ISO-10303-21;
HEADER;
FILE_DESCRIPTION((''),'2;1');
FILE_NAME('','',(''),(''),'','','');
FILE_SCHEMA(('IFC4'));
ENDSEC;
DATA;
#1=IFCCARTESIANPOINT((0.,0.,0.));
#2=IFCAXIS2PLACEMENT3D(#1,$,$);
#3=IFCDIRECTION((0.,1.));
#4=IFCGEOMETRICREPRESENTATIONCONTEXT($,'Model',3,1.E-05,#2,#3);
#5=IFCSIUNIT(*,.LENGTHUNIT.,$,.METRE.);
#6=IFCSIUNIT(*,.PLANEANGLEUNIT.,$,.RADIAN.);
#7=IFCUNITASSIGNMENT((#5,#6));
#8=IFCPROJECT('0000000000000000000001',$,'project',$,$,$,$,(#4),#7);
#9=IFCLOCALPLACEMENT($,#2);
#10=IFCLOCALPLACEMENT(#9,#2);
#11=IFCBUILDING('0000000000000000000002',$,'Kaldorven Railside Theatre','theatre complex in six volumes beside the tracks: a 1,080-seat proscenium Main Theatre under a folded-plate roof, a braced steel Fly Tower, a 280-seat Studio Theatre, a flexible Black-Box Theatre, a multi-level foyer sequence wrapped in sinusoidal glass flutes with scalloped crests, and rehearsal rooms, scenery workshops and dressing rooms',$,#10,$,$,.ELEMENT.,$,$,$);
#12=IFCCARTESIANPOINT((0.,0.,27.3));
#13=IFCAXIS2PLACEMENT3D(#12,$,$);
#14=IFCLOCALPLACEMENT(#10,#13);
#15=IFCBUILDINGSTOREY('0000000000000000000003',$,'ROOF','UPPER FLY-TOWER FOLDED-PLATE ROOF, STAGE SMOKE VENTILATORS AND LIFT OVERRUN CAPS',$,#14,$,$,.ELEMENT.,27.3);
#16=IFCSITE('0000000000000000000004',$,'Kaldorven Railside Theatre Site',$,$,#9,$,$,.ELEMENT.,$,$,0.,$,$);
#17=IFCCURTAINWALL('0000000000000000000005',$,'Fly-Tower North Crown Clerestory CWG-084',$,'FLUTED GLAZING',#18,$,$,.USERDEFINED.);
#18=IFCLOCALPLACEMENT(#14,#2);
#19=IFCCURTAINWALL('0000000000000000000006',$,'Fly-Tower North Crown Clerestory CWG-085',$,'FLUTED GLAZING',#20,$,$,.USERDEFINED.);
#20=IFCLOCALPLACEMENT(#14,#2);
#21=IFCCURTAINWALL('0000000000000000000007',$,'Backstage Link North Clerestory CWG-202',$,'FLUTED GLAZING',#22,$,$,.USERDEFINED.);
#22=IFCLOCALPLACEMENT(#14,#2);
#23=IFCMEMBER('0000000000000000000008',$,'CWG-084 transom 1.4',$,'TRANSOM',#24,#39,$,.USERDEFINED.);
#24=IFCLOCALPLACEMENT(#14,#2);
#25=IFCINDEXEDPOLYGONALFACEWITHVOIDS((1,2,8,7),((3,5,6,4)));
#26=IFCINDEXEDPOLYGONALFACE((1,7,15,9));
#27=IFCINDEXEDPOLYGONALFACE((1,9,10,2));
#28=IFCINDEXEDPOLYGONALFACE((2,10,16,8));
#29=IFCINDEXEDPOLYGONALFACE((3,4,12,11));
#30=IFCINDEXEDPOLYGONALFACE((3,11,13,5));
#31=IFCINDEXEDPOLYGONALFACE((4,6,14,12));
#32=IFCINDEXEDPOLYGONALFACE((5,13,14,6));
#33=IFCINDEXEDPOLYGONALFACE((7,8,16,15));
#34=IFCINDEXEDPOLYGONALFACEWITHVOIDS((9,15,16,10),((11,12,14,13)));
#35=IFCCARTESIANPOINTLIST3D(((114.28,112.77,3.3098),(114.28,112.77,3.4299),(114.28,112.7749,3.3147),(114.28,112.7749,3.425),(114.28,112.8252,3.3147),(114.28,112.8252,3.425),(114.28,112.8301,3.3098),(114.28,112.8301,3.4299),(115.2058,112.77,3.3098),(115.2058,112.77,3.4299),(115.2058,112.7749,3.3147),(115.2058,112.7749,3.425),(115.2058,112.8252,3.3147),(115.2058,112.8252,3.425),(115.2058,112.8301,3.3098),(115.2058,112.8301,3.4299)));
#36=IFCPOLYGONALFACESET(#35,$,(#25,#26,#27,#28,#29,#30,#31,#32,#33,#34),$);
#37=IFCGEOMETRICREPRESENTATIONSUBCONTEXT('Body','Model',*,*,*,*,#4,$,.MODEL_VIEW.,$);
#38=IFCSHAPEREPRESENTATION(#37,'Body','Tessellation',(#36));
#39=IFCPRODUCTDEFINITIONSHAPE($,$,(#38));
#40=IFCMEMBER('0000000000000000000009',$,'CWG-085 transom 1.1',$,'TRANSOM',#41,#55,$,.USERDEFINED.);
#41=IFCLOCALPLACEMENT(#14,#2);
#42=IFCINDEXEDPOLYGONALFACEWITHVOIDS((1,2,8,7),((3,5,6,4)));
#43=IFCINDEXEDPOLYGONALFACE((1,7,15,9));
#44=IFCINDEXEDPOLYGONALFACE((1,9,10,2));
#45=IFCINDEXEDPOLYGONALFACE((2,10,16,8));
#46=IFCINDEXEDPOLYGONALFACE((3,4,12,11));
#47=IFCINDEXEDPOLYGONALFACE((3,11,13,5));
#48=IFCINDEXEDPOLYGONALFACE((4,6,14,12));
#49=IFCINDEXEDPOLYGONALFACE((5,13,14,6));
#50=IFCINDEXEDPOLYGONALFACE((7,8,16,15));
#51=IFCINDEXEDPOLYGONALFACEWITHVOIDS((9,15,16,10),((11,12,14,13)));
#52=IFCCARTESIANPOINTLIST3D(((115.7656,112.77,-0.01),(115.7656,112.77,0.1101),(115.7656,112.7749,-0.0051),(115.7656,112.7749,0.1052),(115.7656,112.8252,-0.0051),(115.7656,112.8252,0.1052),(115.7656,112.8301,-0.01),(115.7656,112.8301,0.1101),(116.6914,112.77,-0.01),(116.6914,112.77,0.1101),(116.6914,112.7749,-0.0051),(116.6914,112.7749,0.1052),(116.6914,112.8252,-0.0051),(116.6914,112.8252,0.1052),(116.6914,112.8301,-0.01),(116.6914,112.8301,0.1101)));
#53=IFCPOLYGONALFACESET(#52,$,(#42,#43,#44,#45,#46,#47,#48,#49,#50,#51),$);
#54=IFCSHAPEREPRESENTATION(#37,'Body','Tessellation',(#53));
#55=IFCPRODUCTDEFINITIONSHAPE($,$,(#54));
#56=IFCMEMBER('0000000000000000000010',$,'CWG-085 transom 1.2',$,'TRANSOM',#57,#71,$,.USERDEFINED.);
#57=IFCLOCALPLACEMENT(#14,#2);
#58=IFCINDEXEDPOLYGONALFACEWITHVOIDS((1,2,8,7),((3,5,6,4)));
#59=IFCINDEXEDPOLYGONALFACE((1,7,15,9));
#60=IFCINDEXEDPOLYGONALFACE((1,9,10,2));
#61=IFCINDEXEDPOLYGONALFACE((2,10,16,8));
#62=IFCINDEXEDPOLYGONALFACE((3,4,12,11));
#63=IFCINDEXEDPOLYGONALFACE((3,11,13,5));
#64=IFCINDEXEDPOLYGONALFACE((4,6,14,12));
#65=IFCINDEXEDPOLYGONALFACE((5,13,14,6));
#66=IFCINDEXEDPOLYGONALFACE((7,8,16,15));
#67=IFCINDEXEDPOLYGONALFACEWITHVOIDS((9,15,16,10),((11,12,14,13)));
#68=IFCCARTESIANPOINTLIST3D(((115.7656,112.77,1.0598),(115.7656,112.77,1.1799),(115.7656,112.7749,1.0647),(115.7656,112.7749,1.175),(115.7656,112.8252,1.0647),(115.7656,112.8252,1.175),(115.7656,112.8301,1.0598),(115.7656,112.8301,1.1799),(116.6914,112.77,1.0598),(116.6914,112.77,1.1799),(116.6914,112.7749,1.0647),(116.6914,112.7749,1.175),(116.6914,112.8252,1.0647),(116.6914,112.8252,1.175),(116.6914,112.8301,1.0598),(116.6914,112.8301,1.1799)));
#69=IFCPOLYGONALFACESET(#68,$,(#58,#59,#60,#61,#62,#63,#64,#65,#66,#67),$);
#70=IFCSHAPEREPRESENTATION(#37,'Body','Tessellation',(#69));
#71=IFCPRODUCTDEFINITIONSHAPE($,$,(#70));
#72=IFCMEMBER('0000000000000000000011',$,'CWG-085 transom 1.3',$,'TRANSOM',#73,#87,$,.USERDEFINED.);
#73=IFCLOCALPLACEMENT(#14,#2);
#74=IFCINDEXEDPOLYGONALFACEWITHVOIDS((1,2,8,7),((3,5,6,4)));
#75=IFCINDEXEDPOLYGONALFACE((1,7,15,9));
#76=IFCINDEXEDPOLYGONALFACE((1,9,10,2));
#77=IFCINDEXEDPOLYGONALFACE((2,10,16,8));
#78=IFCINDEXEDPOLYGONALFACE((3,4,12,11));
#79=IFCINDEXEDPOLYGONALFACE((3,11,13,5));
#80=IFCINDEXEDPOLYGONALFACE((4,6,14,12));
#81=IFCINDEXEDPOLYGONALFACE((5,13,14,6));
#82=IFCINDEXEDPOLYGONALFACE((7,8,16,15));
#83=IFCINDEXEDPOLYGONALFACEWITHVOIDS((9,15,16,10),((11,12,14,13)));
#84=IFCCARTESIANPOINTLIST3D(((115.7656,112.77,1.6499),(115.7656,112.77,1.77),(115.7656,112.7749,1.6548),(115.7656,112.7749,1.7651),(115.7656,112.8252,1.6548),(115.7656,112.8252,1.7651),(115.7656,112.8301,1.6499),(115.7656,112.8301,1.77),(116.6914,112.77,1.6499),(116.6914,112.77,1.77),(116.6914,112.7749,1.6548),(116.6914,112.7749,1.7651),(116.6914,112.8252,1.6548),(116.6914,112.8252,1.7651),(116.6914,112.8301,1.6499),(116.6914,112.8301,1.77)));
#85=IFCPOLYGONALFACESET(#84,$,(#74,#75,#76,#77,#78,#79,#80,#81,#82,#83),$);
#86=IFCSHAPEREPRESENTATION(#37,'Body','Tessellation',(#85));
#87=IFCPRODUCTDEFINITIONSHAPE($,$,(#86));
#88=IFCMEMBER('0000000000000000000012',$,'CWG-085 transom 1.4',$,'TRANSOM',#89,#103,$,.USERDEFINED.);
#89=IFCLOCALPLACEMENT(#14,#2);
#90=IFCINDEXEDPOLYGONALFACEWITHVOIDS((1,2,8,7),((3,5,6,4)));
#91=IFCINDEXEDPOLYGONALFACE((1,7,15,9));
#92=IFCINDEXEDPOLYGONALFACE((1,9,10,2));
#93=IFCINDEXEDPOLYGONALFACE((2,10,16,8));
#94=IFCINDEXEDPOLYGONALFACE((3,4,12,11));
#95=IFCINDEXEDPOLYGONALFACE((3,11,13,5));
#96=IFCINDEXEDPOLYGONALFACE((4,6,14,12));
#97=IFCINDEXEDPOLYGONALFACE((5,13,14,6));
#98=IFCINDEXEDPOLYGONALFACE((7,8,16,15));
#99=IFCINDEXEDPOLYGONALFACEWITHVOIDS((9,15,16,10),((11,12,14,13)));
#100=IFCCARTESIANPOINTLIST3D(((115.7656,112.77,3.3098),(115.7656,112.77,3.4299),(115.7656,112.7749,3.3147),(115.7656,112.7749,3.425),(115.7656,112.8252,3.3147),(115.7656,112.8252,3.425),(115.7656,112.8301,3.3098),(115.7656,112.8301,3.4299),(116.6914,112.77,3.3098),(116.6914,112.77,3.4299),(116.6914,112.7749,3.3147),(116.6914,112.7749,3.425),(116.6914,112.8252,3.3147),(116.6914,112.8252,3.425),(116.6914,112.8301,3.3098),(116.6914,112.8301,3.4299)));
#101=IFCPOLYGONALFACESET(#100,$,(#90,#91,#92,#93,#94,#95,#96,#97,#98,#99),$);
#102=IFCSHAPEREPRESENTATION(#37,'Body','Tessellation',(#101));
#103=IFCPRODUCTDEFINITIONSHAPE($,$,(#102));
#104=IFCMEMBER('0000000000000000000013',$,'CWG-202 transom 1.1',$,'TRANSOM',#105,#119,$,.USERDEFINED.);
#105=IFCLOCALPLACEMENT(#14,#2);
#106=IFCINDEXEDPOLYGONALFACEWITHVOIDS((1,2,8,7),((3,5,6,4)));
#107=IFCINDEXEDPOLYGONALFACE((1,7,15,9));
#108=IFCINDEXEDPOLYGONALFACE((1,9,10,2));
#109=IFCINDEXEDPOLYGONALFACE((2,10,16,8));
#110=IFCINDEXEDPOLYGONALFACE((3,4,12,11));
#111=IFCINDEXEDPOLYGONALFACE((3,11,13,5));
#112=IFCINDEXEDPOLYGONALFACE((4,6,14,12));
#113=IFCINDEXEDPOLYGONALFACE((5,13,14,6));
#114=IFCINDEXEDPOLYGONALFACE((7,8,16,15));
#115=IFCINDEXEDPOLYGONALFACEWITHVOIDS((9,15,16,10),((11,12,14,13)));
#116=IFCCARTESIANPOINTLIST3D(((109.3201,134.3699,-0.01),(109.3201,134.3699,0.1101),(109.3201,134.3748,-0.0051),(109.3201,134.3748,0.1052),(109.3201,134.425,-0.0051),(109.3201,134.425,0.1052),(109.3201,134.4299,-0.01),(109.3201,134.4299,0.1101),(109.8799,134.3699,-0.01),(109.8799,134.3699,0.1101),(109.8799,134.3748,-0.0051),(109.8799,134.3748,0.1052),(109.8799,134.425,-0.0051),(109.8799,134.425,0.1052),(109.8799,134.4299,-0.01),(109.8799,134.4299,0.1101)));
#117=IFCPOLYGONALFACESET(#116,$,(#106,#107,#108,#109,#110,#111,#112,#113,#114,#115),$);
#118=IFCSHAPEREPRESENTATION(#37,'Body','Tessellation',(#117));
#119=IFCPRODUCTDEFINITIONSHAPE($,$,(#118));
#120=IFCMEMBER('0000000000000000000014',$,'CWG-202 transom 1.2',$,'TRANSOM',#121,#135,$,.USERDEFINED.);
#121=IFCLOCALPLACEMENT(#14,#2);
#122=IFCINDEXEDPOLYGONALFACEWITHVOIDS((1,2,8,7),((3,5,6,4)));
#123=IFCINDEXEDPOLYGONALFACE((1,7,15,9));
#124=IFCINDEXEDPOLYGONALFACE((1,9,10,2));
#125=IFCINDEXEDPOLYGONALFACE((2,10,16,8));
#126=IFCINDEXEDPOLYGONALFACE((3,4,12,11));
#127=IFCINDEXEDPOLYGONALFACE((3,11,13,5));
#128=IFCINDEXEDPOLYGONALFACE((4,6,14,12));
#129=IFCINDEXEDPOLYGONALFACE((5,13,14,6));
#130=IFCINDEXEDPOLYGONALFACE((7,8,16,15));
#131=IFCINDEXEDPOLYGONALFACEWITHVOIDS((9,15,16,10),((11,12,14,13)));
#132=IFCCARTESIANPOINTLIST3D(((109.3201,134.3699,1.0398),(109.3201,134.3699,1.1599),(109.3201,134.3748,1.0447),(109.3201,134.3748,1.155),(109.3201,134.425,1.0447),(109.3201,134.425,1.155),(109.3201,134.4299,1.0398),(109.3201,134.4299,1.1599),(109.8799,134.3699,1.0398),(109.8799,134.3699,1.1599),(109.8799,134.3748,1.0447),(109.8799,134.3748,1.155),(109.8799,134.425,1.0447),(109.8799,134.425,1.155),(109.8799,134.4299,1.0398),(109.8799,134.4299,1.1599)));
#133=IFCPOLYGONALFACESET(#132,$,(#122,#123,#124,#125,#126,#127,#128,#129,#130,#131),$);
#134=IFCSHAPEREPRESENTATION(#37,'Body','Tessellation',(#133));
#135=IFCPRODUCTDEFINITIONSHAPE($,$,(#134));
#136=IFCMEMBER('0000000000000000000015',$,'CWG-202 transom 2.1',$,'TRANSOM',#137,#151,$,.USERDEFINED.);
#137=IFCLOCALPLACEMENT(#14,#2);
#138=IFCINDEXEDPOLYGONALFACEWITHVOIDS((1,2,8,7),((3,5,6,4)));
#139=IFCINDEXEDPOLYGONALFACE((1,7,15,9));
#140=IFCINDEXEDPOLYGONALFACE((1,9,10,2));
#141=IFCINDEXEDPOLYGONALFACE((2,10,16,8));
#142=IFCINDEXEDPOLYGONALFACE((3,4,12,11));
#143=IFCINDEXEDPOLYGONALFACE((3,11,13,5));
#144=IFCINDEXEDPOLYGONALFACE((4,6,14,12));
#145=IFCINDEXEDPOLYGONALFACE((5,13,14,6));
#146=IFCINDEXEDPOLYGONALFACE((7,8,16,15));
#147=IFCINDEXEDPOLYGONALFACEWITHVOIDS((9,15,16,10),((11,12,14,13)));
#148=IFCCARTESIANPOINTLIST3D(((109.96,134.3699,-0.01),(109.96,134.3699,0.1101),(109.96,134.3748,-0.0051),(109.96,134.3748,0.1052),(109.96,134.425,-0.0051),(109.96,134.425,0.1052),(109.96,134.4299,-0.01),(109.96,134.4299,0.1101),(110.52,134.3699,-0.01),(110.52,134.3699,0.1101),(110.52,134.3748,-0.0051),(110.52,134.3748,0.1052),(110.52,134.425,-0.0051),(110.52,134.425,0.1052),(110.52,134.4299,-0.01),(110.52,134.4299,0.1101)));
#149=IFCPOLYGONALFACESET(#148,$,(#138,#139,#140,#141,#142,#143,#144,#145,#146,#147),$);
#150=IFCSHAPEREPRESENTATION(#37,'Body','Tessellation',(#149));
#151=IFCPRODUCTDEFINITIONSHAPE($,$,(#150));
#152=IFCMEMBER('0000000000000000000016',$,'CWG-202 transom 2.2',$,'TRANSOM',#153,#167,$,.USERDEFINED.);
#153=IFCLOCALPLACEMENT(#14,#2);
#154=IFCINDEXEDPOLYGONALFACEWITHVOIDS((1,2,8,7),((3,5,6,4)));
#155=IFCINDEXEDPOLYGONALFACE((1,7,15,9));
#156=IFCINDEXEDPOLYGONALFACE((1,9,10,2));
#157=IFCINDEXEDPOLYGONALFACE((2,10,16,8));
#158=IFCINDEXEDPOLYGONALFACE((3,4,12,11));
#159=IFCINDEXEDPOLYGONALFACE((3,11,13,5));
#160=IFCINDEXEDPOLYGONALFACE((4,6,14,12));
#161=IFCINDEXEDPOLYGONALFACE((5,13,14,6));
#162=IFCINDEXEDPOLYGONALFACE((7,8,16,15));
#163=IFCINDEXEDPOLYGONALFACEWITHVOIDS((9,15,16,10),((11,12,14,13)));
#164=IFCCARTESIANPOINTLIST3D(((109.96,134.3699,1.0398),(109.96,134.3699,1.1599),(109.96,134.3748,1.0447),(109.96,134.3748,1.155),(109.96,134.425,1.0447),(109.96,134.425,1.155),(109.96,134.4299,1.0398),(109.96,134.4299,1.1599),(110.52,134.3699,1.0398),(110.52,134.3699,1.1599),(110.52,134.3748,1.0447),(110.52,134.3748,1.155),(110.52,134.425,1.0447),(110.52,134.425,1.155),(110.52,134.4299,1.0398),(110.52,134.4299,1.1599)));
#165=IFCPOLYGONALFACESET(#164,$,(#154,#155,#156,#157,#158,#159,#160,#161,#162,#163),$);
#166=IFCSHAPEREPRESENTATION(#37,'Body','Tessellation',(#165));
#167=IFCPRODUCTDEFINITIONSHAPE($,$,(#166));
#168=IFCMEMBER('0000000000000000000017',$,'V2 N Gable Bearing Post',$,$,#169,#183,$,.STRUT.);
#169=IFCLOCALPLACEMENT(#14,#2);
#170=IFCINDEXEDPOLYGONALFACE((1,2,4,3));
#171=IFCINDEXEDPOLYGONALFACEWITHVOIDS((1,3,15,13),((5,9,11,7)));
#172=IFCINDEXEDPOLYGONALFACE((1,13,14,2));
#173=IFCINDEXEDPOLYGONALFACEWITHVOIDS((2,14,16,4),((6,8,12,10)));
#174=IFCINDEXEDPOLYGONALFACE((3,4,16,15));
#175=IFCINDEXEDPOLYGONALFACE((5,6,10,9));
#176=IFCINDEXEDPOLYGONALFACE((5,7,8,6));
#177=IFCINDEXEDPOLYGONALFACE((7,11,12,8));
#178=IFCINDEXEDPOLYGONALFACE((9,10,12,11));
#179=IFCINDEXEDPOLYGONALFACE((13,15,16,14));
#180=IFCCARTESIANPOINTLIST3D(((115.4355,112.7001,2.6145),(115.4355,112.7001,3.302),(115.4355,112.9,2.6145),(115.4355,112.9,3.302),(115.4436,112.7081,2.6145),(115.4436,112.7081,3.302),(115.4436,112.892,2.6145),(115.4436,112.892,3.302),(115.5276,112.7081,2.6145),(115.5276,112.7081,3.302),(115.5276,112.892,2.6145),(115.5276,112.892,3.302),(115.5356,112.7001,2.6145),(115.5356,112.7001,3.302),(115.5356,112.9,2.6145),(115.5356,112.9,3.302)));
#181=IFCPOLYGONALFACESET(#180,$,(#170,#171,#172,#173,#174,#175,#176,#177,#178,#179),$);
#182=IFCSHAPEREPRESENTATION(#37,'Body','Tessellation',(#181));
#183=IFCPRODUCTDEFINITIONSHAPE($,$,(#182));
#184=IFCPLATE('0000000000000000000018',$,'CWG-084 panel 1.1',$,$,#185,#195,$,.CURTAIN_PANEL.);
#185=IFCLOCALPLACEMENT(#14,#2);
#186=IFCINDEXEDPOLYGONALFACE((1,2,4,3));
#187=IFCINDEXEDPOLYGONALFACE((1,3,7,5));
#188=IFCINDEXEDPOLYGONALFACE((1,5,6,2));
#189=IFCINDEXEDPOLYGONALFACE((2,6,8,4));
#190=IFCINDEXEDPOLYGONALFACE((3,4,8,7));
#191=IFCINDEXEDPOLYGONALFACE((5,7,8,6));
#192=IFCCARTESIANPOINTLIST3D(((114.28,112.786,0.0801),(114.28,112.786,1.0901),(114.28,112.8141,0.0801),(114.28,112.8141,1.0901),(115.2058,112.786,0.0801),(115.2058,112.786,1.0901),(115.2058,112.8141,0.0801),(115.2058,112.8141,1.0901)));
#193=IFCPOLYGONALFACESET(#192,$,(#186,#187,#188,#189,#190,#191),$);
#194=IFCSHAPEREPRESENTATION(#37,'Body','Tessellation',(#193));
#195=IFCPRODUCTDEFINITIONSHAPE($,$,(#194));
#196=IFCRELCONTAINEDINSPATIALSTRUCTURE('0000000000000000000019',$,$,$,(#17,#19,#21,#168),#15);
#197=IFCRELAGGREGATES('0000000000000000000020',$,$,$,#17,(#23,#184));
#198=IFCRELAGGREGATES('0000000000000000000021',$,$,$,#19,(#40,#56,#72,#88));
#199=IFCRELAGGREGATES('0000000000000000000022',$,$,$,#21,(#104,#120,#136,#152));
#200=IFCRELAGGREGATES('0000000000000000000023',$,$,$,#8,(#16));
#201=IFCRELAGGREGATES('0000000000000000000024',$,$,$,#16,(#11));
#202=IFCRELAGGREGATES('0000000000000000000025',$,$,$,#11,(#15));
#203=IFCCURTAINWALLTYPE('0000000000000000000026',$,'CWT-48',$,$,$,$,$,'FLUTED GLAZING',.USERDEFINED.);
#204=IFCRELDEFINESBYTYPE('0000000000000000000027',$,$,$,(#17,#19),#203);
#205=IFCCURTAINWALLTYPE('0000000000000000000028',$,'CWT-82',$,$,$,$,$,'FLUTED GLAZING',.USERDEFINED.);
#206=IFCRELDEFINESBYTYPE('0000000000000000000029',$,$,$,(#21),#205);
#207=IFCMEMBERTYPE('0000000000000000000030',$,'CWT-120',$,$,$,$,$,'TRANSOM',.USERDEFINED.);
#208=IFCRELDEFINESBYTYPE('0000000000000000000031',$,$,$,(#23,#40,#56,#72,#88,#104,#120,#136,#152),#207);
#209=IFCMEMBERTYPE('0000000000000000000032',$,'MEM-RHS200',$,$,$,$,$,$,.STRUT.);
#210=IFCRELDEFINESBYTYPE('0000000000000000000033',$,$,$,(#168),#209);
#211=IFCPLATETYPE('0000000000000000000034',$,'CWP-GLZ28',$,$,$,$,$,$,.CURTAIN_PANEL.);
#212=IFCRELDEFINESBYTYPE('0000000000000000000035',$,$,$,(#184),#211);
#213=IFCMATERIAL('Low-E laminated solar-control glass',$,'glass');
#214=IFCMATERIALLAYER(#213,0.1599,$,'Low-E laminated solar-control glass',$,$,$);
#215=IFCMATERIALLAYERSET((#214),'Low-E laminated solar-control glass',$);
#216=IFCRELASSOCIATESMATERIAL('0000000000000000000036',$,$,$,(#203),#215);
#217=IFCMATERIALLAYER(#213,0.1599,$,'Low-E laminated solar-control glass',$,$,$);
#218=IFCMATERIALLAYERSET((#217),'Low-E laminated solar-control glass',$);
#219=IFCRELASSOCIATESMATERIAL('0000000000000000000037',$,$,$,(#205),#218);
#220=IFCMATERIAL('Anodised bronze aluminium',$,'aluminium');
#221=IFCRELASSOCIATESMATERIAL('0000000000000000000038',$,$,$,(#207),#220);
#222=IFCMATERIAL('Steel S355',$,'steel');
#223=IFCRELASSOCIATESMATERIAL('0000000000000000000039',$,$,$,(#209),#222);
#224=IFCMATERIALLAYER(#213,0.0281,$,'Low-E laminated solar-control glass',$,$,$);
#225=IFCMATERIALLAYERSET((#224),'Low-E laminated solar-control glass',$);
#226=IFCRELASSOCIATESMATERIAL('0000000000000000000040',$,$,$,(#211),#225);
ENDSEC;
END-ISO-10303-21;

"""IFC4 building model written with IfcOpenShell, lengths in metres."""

from ifc_helpers import new_model, si_unit, direction, frame, origin, origin_2d, place, context, subcontext, project, spatial, rectangle, hollow_rectangle, extrude, material, layer, layer_set, material_profile, profile_set, type_object, element, aggregate, save


model = new_model("IFC4")

# Units and contexts
model_context = context("Model", 3, precision=1e-05, world=origin(), true_north=direction((0.0, 1.0)))
body_context = subcontext(model_context, "Body", "Model", "MODEL_VIEW")
ifc_project = project(units=[si_unit("LENGTHUNIT", "METRE"), si_unit("PLANEANGLEUNIT", "RADIAN")], contexts=[model_context])

# Site, building, storey
site_placement = place(None, origin())
site = spatial("IfcSite", under=ifc_project, at=site_placement, Name="Kaldorven Railside Theatre Site", CompositionType="ELEMENT", RefElevation=0.0)
building_placement = place(site_placement, origin())
building = spatial("IfcBuilding", under=site, at=building_placement, Name="Kaldorven Railside Theatre", Description="theatre complex in six volumes beside the tracks: a 1,080-seat proscenium Main Theatre under a folded-plate roof, a braced steel Fly Tower, a 280-seat Studio Theatre, a flexible Black-Box Theatre, a multi-level foyer sequence wrapped in sinusoidal glass flutes with scalloped crests, and rehearsal rooms, scenery workshops and dressing rooms", CompositionType="ELEMENT")
storey_placement = place(building_placement, frame((0.0, 0.0, 27.3)))
storey = spatial("IfcBuildingStorey", under=building, at=storey_placement, Name="ROOF", Description="UPPER FLY-TOWER FOLDED-PLATE ROOF, STAGE SMOKE VENTILATORS AND LIFT OVERRUN CAPS", CompositionType="ELEMENT", Elevation=27.3)

# Shared definitions
ifc_material_1 = material(Name="Steel S355", Category="steel")

# Shared definitions
ifc_material_2 = material(Name="Low-E laminated solar-control glass", Category="glass")
ifc_material_3 = material(Name="Anodised bronze aluminium", Category="aluminium")

# Curtain wall
ifc_layer_1 = layer(ifc_material_2, 0.1599, Name="Low-E laminated solar-control glass")
ifc_layer_set_1 = layer_set([ifc_layer_1], Name="Low-E laminated solar-control glass")
curtain_wall_type_1 = type_object("IfcCurtainWallType", Name="CWT-48", ElementType="FLUTED GLAZING", PredefinedType="USERDEFINED", material=ifc_layer_set_1)
curtain_wall_1_placement = place(storey_placement, origin())
curtain_wall_1 = element("IfcCurtainWall", 1, at=curtain_wall_1_placement, inside=storey, type_object=curtain_wall_type_1, Name="Fly-Tower North Crown Clerestory CWG-084", ObjectType="FLUTED GLAZING", PredefinedType="USERDEFINED")

# Curtain wall
curtain_wall_2_placement = place(storey_placement, origin())
curtain_wall_2 = element("IfcCurtainWall", 2, at=curtain_wall_2_placement, inside=storey, type_object=curtain_wall_type_1, Name="Fly-Tower North Crown Clerestory CWG-085", ObjectType="FLUTED GLAZING", PredefinedType="USERDEFINED")

# Curtain wall
ifc_layer_2 = layer(ifc_material_2, 0.1599, Name="Low-E laminated solar-control glass")
ifc_layer_set_2 = layer_set([ifc_layer_2], Name="Low-E laminated solar-control glass")
curtain_wall_type_2 = type_object("IfcCurtainWallType", Name="CWT-82", ElementType="FLUTED GLAZING", PredefinedType="USERDEFINED", material=ifc_layer_set_2)
curtain_wall_3_placement = place(storey_placement, origin())
curtain_wall_3 = element("IfcCurtainWall", 3, at=curtain_wall_3_placement, inside=storey, type_object=curtain_wall_type_2, Name="Backstage Link North Clerestory CWG-202", ObjectType="FLUTED GLAZING", PredefinedType="USERDEFINED")

# Members
ifc_material_profile_1 = material_profile(ifc_material_3, hollow_rectangle(XDim=0.0601, YDim=0.1201, WallThickness=0.0049, at=origin_2d()), Name="RHS 120x60x5")
ifc_profile_set_1 = profile_set([ifc_material_profile_1], Name="Anodised bronze aluminium")
member_type_1 = type_object("IfcMemberType", Name="CWT-120", ElementType="TRANSOM", PredefinedType="USERDEFINED", material=ifc_profile_set_1)
member_1_placement = place(storey_placement, frame((114.28, 112.8, 3.3699), z_axis=(1.0, 0.0, 0.0), x_axis=(0.0, 1.0, 0.0)))
member_1 = element("IfcMember", 4, at=member_1_placement, type_object=member_type_1, Name="CWG-084 transom 1.4", ObjectType="TRANSOM", PredefinedType="USERDEFINED", context=body_context, shape_type="SweptSolid", body=[
    extrude(hollow_rectangle(XDim=0.0601, YDim=0.1201, WallThickness=0.0049, at=origin_2d()), origin(), (0.0, 0.0, 1.0), 0.9258),
])
member_2_placement = place(storey_placement, frame((115.7656, 112.8, 0.05), z_axis=(1.0, 0.0, 0.0), x_axis=(0.0, 1.0, 0.0)))
member_2 = element("IfcMember", 5, at=member_2_placement, type_object=member_type_1, Name="CWG-085 transom 1.1", ObjectType="TRANSOM", PredefinedType="USERDEFINED", context=body_context, shape_type="SweptSolid", body=[
    extrude(hollow_rectangle(XDim=0.0601, YDim=0.1201, WallThickness=0.0049, at=origin_2d()), origin(), (0.0, 0.0, 1.0), 0.9258),
])
member_3_placement = place(storey_placement, frame((115.7656, 112.8, 1.1199), z_axis=(1.0, 0.0, 0.0), x_axis=(0.0, 1.0, 0.0)))
member_3 = element("IfcMember", 6, at=member_3_placement, type_object=member_type_1, Name="CWG-085 transom 1.2", ObjectType="TRANSOM", PredefinedType="USERDEFINED", context=body_context, shape_type="SweptSolid", body=[
    extrude(hollow_rectangle(XDim=0.0601, YDim=0.1201, WallThickness=0.0049, at=origin_2d()), origin(), (0.0, 0.0, 1.0), 0.9258),
])
member_4_placement = place(storey_placement, frame((115.7656, 112.8, 1.71), z_axis=(1.0, 0.0, 0.0), x_axis=(0.0, 1.0, 0.0)))
member_4 = element("IfcMember", 7, at=member_4_placement, type_object=member_type_1, Name="CWG-085 transom 1.3", ObjectType="TRANSOM", PredefinedType="USERDEFINED", context=body_context, shape_type="SweptSolid", body=[
    extrude(hollow_rectangle(XDim=0.0601, YDim=0.1201, WallThickness=0.0049, at=origin_2d()), origin(), (0.0, 0.0, 1.0), 0.9258),
])
member_5_placement = place(storey_placement, frame((115.7656, 112.8, 3.3699), z_axis=(1.0, 0.0, 0.0), x_axis=(0.0, 1.0, 0.0)))
member_5 = element("IfcMember", 8, at=member_5_placement, type_object=member_type_1, Name="CWG-085 transom 1.4", ObjectType="TRANSOM", PredefinedType="USERDEFINED", context=body_context, shape_type="SweptSolid", body=[
    extrude(hollow_rectangle(XDim=0.0601, YDim=0.1201, WallThickness=0.0049, at=origin_2d()), origin(), (0.0, 0.0, 1.0), 0.9258),
])
member_6_placement = place(storey_placement, frame((109.3201, 134.3999, 0.05), z_axis=(1.0, 0.0, 0.0), x_axis=(0.0, 1.0, 0.0)))
member_6 = element("IfcMember", 9, at=member_6_placement, type_object=member_type_1, Name="CWG-202 transom 1.1", ObjectType="TRANSOM", PredefinedType="USERDEFINED", context=body_context, shape_type="SweptSolid", body=[
    extrude(hollow_rectangle(XDim=0.0601, YDim=0.1201, WallThickness=0.0049, at=origin_2d()), origin(), (0.0, 0.0, 1.0), 0.5598),
])
member_7_placement = place(storey_placement, frame((109.3201, 134.3999, 1.0999), z_axis=(1.0, 0.0, 0.0), x_axis=(0.0, 1.0, 0.0)))
member_7 = element("IfcMember", 10, at=member_7_placement, type_object=member_type_1, Name="CWG-202 transom 1.2", ObjectType="TRANSOM", PredefinedType="USERDEFINED", context=body_context, shape_type="SweptSolid", body=[
    extrude(hollow_rectangle(XDim=0.0601, YDim=0.1201, WallThickness=0.0049, at=origin_2d()), origin(), (0.0, 0.0, 1.0), 0.5598),
])
member_8_placement = place(storey_placement, frame((109.96, 134.3999, 0.05), z_axis=(1.0, 0.0, 0.0), x_axis=(0.0, 1.0, 0.0)))
member_8 = element("IfcMember", 11, at=member_8_placement, type_object=member_type_1, Name="CWG-202 transom 2.1", ObjectType="TRANSOM", PredefinedType="USERDEFINED", context=body_context, shape_type="SweptSolid", body=[
    extrude(hollow_rectangle(XDim=0.0601, YDim=0.1201, WallThickness=0.0049, at=origin_2d()), origin(), (0.0, 0.0, 1.0), 0.5601),
])
member_9_placement = place(storey_placement, frame((109.96, 134.3999, 1.0999), z_axis=(1.0, 0.0, 0.0), x_axis=(0.0, 1.0, 0.0)))
member_9 = element("IfcMember", 12, at=member_9_placement, type_object=member_type_1, Name="CWG-202 transom 2.2", ObjectType="TRANSOM", PredefinedType="USERDEFINED", context=body_context, shape_type="SweptSolid", body=[
    extrude(hollow_rectangle(XDim=0.0601, YDim=0.1201, WallThickness=0.0049, at=origin_2d()), origin(), (0.0, 0.0, 1.0), 0.5601),
])
ifc_material_profile_2 = material_profile(ifc_material_1, hollow_rectangle(XDim=0.1001, YDim=0.2, WallThickness=0.0081, at=origin_2d()), Name="RHS 200x100x8")
ifc_profile_set_2 = profile_set([ifc_material_profile_2], Name="Steel S355")
member_type_2 = type_object("IfcMemberType", Name="MEM-RHS200", PredefinedType="STRUT", material=ifc_profile_set_2)
member_10_placement = place(storey_placement, frame((115.4856, 112.8, 2.6145), z_axis=(0.0, 0.0, 1.0), x_axis=(1.0, 0.0, 0.0)))
element("IfcMember", 13, at=member_10_placement, inside=storey, type_object=member_type_2, Name="V2 N Gable Bearing Post", PredefinedType="STRUT", context=body_context, shape_type="SweptSolid", body=[
    extrude(hollow_rectangle(XDim=0.1001, YDim=0.2, WallThickness=0.0081, at=origin_2d()), origin(), (0.0, 0.0, 1.0), 0.6875),
])

# Plate
ifc_layer_3 = layer(ifc_material_2, 0.0281, Name="Low-E laminated solar-control glass")
ifc_layer_set_3 = layer_set([ifc_layer_3], Name="Low-E laminated solar-control glass")
plate_type_1 = type_object("IfcPlateType", Name="CWP-GLZ28", PredefinedType="CURTAIN_PANEL", material=ifc_layer_set_3)
plate_1_placement = place(storey_placement, frame((114.7429, 112.8, 0.0801), z_axis=(0.0, 0.0, 1.0), x_axis=(1.0, 0.0, 0.0)))
plate_1 = element("IfcPlate", 14, at=plate_1_placement, type_object=plate_type_1, Name="CWG-084 panel 1.1", PredefinedType="CURTAIN_PANEL", context=body_context, shape_type="SweptSolid", body=[
    extrude(rectangle(XDim=0.9258, YDim=0.0281, at=origin_2d()), origin(), (0.0, 0.0, 1.0), 1.01),
])
aggregate(curtain_wall_1, [member_1, plate_1])
aggregate(curtain_wall_2, [member_2, member_3, member_4, member_5])
aggregate(curtain_wall_3, [member_6, member_7, member_8, member_9])

save(model, "model.ifc")
